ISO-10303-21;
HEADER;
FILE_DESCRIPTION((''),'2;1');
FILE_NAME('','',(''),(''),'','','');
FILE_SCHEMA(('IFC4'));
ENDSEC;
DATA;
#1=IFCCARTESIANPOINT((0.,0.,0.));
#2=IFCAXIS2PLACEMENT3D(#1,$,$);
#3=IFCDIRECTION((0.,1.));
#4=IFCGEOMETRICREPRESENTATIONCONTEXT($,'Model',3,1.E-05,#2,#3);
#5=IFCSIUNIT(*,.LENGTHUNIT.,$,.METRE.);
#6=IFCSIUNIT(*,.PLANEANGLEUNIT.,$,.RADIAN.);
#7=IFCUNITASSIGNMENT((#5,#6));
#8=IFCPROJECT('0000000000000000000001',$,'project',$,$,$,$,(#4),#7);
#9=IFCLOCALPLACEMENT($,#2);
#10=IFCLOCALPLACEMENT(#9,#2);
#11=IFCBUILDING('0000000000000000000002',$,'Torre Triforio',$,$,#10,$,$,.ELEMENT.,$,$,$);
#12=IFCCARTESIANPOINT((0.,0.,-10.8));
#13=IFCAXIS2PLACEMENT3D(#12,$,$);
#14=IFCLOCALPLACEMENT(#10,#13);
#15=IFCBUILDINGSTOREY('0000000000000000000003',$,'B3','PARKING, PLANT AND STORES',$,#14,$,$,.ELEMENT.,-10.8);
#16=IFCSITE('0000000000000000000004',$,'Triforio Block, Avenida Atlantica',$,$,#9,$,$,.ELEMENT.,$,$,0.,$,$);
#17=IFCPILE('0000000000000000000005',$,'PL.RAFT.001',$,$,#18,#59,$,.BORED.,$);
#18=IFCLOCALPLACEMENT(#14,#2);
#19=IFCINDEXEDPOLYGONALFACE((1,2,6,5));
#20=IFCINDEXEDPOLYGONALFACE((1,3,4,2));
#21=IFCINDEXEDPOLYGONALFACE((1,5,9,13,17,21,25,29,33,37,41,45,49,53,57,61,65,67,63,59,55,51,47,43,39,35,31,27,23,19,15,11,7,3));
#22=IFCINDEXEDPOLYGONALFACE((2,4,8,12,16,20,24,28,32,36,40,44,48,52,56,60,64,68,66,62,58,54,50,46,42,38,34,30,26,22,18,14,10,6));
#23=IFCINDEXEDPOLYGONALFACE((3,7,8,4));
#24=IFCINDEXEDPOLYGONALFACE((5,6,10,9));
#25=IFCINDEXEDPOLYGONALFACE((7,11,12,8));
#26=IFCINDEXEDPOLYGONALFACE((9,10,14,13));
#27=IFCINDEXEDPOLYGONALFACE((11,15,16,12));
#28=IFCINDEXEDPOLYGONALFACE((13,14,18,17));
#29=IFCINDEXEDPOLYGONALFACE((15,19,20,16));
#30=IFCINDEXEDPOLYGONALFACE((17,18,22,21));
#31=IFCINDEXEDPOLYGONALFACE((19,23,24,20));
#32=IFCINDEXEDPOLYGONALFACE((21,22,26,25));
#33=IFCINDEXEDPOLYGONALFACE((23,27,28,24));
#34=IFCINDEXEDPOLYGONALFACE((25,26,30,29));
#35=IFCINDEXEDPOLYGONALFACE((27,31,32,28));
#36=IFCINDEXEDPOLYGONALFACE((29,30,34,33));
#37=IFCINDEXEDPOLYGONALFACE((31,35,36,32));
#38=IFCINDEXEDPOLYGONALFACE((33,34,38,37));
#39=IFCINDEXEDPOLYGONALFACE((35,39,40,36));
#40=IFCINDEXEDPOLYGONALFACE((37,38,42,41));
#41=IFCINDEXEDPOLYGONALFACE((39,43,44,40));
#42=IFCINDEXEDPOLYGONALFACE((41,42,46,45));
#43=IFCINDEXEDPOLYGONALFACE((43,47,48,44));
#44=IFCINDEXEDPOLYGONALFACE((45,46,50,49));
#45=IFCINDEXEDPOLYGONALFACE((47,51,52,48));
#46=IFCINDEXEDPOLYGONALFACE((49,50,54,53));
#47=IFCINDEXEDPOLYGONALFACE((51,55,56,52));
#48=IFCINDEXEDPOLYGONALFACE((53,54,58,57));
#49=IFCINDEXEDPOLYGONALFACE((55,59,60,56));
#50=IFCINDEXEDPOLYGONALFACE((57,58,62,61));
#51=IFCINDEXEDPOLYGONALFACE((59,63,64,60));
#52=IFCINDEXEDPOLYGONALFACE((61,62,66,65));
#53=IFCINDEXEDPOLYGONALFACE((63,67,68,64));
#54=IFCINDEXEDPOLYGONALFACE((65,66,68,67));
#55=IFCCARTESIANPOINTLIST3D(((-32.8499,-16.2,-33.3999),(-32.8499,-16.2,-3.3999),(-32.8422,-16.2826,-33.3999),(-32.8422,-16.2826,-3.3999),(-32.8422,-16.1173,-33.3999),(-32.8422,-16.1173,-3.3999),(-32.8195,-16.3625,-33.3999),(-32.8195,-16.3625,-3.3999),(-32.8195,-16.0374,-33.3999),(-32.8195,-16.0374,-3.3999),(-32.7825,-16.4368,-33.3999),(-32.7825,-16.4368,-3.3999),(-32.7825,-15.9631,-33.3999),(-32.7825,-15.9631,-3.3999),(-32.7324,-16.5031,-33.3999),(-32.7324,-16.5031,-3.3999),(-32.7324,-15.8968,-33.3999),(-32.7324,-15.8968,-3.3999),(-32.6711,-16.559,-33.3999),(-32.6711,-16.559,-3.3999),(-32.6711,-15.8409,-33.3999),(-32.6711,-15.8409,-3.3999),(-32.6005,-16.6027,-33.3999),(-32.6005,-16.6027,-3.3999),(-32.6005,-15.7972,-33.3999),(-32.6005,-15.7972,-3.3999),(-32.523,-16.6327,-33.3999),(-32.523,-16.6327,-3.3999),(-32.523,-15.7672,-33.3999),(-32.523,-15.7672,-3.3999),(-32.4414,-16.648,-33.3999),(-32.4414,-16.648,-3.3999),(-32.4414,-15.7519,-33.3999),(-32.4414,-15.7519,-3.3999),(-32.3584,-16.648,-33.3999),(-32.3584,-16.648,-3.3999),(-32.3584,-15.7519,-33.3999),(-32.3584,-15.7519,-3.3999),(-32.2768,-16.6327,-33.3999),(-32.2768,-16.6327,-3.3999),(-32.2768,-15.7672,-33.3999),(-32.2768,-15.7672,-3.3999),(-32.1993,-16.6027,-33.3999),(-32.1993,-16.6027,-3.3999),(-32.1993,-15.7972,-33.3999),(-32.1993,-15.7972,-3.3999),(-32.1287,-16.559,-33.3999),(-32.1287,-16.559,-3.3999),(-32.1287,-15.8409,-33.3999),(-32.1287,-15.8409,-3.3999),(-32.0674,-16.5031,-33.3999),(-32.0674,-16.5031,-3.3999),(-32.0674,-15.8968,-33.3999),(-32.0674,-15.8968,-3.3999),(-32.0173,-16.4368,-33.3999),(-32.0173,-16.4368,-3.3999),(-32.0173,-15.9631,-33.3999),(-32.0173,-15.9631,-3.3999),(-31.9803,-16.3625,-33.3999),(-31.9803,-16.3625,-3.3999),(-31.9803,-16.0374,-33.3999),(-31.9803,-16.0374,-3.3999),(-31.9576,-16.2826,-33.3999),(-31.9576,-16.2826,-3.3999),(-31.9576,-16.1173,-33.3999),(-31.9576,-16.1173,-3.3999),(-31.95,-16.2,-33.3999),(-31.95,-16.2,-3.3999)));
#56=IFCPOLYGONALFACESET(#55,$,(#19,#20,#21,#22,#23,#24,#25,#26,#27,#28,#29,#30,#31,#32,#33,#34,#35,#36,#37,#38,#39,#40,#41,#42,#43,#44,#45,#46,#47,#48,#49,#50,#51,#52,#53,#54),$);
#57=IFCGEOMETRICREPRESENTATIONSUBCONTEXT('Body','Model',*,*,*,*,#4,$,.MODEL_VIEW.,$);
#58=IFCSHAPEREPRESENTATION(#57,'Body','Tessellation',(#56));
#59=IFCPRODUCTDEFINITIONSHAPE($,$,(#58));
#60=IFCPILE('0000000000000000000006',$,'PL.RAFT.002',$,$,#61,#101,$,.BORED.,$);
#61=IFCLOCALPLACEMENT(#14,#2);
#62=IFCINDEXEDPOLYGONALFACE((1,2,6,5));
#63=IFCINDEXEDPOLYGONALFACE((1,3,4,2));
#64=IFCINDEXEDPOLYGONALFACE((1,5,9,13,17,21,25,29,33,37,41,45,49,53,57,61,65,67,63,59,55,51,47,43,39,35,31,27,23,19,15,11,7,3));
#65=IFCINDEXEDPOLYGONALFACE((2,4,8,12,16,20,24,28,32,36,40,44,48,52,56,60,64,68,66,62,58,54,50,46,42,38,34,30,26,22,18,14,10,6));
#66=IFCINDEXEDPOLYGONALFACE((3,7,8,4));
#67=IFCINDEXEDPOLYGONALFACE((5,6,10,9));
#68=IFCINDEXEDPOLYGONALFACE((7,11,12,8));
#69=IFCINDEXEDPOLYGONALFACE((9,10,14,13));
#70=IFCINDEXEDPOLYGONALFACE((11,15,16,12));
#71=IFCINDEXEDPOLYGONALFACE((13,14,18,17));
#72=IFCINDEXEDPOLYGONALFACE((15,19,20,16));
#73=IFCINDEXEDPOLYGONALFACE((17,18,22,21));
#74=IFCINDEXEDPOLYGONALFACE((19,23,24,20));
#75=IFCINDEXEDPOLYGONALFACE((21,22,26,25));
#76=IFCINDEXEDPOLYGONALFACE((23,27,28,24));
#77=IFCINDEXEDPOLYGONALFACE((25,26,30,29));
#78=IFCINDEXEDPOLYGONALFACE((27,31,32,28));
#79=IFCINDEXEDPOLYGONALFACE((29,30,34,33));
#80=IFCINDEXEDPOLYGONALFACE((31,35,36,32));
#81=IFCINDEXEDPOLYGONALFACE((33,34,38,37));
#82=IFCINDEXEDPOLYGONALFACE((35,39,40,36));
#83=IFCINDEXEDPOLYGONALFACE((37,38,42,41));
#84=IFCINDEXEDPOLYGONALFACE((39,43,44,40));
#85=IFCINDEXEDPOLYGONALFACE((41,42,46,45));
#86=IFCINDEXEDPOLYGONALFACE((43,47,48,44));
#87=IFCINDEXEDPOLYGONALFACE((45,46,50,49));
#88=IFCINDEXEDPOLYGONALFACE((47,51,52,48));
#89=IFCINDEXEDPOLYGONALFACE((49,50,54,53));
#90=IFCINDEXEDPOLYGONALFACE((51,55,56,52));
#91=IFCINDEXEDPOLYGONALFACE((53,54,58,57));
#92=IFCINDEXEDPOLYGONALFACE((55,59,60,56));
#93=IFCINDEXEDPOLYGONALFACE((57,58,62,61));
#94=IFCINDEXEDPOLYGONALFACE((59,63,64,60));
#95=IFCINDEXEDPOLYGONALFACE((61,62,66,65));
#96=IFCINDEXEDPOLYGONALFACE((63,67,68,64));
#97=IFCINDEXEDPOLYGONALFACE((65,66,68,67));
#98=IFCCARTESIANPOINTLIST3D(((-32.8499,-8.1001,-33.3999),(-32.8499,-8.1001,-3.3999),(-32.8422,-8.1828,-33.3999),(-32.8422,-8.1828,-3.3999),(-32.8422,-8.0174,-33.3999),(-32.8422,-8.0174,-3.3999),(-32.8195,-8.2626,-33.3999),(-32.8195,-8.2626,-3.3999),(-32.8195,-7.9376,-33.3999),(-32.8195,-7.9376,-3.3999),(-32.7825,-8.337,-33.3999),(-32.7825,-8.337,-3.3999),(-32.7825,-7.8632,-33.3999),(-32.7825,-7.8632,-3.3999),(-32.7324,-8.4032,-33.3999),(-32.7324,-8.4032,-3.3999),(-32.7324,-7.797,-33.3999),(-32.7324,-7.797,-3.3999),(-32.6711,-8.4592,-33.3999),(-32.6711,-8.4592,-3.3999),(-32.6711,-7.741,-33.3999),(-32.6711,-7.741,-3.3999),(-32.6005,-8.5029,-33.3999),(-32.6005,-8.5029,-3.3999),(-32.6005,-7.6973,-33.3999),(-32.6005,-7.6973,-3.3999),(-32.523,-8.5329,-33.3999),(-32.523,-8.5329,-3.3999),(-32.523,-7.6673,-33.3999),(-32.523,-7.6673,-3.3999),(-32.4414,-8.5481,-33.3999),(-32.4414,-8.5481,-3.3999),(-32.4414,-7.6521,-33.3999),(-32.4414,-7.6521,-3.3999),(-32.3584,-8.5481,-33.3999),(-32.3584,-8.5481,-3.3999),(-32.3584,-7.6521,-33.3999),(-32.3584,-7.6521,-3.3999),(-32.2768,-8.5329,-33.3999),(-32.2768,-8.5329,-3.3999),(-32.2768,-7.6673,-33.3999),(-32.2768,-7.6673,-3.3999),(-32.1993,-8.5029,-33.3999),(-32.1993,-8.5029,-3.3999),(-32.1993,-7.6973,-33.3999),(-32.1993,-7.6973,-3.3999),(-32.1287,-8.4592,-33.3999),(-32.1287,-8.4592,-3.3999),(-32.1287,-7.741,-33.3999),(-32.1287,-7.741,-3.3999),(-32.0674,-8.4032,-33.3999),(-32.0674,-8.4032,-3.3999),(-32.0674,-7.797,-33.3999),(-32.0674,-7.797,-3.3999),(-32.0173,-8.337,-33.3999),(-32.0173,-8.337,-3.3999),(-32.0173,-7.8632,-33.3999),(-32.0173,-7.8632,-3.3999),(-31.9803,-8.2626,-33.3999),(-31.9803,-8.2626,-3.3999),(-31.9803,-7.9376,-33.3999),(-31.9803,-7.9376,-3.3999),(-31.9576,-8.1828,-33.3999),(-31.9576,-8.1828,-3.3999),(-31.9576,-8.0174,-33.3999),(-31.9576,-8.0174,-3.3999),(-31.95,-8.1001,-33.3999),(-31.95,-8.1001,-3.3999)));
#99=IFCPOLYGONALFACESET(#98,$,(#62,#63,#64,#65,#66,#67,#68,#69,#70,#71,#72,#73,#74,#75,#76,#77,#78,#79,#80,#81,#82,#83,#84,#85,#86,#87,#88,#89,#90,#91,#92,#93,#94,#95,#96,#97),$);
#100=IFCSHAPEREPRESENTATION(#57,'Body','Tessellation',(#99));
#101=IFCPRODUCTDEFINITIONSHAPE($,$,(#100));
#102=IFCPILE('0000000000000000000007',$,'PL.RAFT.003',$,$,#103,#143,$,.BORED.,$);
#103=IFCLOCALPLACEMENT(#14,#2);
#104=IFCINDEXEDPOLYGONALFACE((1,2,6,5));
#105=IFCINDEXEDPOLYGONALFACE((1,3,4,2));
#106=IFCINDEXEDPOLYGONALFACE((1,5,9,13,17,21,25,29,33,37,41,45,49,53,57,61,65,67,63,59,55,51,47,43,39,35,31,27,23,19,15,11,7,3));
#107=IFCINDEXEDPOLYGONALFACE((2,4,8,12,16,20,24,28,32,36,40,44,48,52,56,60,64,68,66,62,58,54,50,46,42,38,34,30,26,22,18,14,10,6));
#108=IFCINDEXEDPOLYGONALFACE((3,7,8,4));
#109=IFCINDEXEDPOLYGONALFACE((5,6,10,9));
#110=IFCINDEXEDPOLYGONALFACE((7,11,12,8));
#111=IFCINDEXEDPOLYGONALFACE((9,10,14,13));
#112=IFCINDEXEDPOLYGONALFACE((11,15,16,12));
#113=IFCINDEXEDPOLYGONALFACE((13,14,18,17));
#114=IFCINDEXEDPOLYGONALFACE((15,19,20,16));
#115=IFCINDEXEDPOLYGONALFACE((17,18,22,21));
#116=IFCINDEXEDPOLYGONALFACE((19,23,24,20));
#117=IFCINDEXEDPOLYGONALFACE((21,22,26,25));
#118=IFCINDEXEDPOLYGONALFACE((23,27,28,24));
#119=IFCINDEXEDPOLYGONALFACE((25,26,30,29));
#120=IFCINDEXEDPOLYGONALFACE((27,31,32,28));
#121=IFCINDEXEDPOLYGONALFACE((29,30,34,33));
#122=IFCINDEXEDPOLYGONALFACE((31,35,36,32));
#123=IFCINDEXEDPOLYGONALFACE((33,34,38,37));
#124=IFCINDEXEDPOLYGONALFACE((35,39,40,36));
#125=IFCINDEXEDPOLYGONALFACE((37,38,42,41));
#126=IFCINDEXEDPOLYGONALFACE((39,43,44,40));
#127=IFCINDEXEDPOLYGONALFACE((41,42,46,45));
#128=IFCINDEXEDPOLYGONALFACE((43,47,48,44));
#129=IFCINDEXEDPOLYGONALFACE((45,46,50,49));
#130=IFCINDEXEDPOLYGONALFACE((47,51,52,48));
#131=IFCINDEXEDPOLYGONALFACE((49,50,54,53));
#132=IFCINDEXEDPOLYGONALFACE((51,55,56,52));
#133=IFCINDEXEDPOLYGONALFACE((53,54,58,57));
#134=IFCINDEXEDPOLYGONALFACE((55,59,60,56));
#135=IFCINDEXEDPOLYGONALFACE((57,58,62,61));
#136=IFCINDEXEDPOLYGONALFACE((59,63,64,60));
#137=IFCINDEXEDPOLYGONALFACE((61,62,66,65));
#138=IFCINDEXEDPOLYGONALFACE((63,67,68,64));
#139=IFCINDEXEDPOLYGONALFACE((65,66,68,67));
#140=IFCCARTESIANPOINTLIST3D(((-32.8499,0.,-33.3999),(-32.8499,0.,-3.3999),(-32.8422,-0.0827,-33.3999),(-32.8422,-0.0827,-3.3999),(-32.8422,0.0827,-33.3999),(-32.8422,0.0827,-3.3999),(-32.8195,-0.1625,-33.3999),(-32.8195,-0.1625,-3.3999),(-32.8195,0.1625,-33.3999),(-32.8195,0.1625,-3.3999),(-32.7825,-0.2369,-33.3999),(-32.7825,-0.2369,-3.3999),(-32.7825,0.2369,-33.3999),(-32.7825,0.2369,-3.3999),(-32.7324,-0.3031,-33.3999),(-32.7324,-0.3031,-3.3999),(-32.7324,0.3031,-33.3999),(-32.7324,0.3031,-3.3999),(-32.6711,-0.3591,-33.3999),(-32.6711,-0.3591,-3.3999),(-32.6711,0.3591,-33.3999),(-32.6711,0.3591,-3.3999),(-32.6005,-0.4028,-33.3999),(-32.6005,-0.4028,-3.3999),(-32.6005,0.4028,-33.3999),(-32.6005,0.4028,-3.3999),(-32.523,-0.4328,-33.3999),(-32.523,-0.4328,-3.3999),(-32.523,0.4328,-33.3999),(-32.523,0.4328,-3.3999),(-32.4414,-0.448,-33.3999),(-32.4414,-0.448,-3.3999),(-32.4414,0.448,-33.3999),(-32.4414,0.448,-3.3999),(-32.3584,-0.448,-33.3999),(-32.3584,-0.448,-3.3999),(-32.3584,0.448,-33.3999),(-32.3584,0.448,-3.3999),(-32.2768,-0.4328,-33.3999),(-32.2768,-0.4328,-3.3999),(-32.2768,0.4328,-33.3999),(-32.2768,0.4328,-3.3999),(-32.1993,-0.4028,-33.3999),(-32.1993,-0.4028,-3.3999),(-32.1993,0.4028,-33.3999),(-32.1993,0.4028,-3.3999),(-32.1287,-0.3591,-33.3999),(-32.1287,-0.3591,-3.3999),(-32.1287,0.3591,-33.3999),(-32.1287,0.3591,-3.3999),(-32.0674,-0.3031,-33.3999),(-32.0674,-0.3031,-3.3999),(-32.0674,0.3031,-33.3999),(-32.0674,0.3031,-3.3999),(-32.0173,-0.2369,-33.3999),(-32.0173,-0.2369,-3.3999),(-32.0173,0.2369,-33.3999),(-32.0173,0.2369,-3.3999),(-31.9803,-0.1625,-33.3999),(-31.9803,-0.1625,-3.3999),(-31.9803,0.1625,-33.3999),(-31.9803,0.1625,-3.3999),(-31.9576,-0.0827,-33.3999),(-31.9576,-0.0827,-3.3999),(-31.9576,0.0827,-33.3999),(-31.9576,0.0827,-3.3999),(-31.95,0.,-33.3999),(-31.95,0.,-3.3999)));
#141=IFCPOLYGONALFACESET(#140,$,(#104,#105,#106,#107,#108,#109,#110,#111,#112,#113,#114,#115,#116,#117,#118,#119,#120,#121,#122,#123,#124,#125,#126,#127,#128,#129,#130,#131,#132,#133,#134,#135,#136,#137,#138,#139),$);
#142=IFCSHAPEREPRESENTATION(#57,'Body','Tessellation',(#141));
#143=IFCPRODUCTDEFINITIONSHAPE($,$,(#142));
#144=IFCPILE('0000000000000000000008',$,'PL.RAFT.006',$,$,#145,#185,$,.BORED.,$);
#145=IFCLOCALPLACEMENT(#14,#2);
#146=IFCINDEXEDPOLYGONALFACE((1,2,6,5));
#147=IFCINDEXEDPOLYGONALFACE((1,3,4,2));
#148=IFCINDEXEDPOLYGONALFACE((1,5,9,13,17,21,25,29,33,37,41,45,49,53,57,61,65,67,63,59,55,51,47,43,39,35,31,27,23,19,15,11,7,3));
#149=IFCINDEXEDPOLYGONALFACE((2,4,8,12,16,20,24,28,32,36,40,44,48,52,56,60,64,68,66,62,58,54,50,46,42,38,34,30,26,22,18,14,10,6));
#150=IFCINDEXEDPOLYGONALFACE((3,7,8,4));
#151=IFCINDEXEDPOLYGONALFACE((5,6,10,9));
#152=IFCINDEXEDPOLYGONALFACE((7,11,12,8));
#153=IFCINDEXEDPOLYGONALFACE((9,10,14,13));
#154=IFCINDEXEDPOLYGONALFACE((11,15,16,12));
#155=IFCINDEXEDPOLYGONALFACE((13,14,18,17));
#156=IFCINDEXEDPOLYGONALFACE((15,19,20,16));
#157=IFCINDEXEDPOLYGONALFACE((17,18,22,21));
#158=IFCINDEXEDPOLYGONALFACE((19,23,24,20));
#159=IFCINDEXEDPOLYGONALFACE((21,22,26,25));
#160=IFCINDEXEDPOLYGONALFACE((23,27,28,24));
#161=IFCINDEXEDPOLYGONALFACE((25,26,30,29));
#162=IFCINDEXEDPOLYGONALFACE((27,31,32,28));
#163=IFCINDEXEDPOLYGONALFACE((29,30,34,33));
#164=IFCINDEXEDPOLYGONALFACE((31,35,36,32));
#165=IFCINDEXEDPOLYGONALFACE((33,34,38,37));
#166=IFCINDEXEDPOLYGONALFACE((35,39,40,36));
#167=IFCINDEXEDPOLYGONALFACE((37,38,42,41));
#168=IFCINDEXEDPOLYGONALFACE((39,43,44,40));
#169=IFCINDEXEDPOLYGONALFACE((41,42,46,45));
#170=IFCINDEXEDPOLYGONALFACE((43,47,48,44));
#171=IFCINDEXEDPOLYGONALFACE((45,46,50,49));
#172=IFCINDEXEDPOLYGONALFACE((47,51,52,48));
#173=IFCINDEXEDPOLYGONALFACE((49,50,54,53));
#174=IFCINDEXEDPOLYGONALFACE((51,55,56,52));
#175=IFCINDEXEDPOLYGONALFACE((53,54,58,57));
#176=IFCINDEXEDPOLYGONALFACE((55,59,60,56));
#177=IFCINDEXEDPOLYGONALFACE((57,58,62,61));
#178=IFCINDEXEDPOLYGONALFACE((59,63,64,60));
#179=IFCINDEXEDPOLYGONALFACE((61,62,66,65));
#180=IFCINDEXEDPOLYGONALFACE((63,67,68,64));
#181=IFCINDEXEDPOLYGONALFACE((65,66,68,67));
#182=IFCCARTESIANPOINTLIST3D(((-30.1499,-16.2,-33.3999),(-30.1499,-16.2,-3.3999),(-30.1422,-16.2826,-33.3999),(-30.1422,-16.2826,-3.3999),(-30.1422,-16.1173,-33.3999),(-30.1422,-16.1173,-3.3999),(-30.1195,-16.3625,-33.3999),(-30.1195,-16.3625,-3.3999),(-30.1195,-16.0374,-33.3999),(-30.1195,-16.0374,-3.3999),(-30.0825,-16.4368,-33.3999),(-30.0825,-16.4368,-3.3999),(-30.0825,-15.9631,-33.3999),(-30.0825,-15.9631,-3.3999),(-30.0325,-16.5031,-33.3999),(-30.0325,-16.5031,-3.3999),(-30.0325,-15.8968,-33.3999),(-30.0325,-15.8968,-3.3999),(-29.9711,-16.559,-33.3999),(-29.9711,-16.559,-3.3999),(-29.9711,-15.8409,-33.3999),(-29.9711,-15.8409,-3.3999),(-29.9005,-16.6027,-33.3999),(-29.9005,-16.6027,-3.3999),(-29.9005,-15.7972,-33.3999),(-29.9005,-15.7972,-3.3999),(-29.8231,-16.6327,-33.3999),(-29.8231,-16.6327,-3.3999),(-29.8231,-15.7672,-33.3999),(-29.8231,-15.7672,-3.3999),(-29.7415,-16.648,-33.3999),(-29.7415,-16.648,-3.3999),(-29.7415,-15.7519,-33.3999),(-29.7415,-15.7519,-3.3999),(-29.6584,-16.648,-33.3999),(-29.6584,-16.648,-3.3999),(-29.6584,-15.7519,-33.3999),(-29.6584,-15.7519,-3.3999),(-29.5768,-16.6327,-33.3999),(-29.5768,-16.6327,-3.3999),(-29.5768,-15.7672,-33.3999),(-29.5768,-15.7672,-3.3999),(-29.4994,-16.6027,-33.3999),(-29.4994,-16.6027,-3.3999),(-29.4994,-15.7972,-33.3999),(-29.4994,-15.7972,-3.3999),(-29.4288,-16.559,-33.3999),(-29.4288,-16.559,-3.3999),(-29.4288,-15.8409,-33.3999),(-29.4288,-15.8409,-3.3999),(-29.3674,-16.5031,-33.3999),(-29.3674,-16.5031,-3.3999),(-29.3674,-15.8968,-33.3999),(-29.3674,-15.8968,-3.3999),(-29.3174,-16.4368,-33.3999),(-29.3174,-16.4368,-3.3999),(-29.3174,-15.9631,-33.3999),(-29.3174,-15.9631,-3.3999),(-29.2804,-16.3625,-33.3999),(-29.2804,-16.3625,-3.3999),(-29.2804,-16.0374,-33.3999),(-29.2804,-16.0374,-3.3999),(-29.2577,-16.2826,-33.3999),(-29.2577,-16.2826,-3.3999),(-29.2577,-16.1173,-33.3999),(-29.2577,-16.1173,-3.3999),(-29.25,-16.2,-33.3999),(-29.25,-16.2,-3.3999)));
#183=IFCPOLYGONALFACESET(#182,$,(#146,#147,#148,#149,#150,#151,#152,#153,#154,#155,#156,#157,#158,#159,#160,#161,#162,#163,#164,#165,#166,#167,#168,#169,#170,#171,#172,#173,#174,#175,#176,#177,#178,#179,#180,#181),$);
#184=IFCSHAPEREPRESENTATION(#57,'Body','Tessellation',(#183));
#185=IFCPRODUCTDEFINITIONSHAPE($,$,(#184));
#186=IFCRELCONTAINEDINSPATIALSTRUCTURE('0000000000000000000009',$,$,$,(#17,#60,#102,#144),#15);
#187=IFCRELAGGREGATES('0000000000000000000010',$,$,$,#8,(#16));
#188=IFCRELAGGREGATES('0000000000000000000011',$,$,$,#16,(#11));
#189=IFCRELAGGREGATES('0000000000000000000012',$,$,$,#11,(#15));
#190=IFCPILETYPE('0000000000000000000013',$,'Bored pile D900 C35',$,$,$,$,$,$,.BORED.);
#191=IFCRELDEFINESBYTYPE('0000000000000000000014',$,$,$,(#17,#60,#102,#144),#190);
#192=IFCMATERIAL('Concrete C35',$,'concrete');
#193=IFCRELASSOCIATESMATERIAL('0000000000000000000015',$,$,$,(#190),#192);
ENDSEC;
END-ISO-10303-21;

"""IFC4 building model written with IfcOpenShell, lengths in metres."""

from ifc_helpers import new_model, si_unit, direction, frame, origin, origin_2d, place, context, subcontext, project, spatial, circle, extrude, material, material_profile, profile_set, type_object, element, save


model = new_model("IFC4")

# Units and contexts
model_context = context("Model", 3, precision=1e-05, world=origin(), true_north=direction((0.0, 1.0)))
body_context = subcontext(model_context, "Body", "Model", "MODEL_VIEW")
ifc_project = project(units=[si_unit("LENGTHUNIT", "METRE"), si_unit("PLANEANGLEUNIT", "RADIAN")], contexts=[model_context])

# Site, building, storey
site_placement = place(None, origin())
site = spatial("IfcSite", under=ifc_project, at=site_placement, Name="Triforio Block, Avenida Atlantica", CompositionType="ELEMENT", RefElevation=0.0)
building_placement = place(site_placement, origin())
building = spatial("IfcBuilding", under=site, at=building_placement, Name="Torre Triforio", CompositionType="ELEMENT")
storey_placement = place(building_placement, frame((0.0, 0.0, -10.8)))
storey = spatial("IfcBuildingStorey", under=building, at=storey_placement, Name="B3", Description="PARKING, PLANT AND STORES", CompositionType="ELEMENT", Elevation=-10.8)

# Piles
ifc_material_1 = material(Name="Concrete C35", Category="concrete")
ifc_material_profile_1 = material_profile(ifc_material_1, circle(Radius=0.45, at=origin_2d()), Name="RC D900")
ifc_profile_set_1 = profile_set([ifc_material_profile_1], Name="Concrete C35")
pile_type = type_object("IfcPileType", Name="Bored pile D900 C35", PredefinedType="BORED", material=ifc_profile_set_1)
for number, where, z_axis, x_axis, name in (
    (1, (-32.3999, -16.2, -3.3999), (0.0, 0.0, -1.0), (1.0, 0.0, 0.0), "PL.RAFT.001"),
    (2, (-32.3999, -8.1001, -3.3999), (0.0, 0.0, -1.0), (1.0, 0.0, 0.0), "PL.RAFT.002"),
    (3, (-32.3999, 0.0, -3.3999), (0.0, 0.0, -1.0), (1.0, 0.0, 0.0), "PL.RAFT.003"),
    (4, (-29.7, -16.2, -3.3999), (0.0, 0.0, -1.0), (1.0, 0.0, 0.0), "PL.RAFT.006"),
):
    element("IfcPile", number, at=place(storey_placement, frame(where, z_axis=z_axis, x_axis=x_axis)), inside=storey, type_object=pile_type, Name=name, PredefinedType="BORED", context=body_context, shape_type="SweptSolid", body=[
        extrude(circle(Radius=0.45, at=origin_2d()), origin(), (0.0, 0.0, 1.0), 30.0),
    ])

save(model, "model.ifc")
